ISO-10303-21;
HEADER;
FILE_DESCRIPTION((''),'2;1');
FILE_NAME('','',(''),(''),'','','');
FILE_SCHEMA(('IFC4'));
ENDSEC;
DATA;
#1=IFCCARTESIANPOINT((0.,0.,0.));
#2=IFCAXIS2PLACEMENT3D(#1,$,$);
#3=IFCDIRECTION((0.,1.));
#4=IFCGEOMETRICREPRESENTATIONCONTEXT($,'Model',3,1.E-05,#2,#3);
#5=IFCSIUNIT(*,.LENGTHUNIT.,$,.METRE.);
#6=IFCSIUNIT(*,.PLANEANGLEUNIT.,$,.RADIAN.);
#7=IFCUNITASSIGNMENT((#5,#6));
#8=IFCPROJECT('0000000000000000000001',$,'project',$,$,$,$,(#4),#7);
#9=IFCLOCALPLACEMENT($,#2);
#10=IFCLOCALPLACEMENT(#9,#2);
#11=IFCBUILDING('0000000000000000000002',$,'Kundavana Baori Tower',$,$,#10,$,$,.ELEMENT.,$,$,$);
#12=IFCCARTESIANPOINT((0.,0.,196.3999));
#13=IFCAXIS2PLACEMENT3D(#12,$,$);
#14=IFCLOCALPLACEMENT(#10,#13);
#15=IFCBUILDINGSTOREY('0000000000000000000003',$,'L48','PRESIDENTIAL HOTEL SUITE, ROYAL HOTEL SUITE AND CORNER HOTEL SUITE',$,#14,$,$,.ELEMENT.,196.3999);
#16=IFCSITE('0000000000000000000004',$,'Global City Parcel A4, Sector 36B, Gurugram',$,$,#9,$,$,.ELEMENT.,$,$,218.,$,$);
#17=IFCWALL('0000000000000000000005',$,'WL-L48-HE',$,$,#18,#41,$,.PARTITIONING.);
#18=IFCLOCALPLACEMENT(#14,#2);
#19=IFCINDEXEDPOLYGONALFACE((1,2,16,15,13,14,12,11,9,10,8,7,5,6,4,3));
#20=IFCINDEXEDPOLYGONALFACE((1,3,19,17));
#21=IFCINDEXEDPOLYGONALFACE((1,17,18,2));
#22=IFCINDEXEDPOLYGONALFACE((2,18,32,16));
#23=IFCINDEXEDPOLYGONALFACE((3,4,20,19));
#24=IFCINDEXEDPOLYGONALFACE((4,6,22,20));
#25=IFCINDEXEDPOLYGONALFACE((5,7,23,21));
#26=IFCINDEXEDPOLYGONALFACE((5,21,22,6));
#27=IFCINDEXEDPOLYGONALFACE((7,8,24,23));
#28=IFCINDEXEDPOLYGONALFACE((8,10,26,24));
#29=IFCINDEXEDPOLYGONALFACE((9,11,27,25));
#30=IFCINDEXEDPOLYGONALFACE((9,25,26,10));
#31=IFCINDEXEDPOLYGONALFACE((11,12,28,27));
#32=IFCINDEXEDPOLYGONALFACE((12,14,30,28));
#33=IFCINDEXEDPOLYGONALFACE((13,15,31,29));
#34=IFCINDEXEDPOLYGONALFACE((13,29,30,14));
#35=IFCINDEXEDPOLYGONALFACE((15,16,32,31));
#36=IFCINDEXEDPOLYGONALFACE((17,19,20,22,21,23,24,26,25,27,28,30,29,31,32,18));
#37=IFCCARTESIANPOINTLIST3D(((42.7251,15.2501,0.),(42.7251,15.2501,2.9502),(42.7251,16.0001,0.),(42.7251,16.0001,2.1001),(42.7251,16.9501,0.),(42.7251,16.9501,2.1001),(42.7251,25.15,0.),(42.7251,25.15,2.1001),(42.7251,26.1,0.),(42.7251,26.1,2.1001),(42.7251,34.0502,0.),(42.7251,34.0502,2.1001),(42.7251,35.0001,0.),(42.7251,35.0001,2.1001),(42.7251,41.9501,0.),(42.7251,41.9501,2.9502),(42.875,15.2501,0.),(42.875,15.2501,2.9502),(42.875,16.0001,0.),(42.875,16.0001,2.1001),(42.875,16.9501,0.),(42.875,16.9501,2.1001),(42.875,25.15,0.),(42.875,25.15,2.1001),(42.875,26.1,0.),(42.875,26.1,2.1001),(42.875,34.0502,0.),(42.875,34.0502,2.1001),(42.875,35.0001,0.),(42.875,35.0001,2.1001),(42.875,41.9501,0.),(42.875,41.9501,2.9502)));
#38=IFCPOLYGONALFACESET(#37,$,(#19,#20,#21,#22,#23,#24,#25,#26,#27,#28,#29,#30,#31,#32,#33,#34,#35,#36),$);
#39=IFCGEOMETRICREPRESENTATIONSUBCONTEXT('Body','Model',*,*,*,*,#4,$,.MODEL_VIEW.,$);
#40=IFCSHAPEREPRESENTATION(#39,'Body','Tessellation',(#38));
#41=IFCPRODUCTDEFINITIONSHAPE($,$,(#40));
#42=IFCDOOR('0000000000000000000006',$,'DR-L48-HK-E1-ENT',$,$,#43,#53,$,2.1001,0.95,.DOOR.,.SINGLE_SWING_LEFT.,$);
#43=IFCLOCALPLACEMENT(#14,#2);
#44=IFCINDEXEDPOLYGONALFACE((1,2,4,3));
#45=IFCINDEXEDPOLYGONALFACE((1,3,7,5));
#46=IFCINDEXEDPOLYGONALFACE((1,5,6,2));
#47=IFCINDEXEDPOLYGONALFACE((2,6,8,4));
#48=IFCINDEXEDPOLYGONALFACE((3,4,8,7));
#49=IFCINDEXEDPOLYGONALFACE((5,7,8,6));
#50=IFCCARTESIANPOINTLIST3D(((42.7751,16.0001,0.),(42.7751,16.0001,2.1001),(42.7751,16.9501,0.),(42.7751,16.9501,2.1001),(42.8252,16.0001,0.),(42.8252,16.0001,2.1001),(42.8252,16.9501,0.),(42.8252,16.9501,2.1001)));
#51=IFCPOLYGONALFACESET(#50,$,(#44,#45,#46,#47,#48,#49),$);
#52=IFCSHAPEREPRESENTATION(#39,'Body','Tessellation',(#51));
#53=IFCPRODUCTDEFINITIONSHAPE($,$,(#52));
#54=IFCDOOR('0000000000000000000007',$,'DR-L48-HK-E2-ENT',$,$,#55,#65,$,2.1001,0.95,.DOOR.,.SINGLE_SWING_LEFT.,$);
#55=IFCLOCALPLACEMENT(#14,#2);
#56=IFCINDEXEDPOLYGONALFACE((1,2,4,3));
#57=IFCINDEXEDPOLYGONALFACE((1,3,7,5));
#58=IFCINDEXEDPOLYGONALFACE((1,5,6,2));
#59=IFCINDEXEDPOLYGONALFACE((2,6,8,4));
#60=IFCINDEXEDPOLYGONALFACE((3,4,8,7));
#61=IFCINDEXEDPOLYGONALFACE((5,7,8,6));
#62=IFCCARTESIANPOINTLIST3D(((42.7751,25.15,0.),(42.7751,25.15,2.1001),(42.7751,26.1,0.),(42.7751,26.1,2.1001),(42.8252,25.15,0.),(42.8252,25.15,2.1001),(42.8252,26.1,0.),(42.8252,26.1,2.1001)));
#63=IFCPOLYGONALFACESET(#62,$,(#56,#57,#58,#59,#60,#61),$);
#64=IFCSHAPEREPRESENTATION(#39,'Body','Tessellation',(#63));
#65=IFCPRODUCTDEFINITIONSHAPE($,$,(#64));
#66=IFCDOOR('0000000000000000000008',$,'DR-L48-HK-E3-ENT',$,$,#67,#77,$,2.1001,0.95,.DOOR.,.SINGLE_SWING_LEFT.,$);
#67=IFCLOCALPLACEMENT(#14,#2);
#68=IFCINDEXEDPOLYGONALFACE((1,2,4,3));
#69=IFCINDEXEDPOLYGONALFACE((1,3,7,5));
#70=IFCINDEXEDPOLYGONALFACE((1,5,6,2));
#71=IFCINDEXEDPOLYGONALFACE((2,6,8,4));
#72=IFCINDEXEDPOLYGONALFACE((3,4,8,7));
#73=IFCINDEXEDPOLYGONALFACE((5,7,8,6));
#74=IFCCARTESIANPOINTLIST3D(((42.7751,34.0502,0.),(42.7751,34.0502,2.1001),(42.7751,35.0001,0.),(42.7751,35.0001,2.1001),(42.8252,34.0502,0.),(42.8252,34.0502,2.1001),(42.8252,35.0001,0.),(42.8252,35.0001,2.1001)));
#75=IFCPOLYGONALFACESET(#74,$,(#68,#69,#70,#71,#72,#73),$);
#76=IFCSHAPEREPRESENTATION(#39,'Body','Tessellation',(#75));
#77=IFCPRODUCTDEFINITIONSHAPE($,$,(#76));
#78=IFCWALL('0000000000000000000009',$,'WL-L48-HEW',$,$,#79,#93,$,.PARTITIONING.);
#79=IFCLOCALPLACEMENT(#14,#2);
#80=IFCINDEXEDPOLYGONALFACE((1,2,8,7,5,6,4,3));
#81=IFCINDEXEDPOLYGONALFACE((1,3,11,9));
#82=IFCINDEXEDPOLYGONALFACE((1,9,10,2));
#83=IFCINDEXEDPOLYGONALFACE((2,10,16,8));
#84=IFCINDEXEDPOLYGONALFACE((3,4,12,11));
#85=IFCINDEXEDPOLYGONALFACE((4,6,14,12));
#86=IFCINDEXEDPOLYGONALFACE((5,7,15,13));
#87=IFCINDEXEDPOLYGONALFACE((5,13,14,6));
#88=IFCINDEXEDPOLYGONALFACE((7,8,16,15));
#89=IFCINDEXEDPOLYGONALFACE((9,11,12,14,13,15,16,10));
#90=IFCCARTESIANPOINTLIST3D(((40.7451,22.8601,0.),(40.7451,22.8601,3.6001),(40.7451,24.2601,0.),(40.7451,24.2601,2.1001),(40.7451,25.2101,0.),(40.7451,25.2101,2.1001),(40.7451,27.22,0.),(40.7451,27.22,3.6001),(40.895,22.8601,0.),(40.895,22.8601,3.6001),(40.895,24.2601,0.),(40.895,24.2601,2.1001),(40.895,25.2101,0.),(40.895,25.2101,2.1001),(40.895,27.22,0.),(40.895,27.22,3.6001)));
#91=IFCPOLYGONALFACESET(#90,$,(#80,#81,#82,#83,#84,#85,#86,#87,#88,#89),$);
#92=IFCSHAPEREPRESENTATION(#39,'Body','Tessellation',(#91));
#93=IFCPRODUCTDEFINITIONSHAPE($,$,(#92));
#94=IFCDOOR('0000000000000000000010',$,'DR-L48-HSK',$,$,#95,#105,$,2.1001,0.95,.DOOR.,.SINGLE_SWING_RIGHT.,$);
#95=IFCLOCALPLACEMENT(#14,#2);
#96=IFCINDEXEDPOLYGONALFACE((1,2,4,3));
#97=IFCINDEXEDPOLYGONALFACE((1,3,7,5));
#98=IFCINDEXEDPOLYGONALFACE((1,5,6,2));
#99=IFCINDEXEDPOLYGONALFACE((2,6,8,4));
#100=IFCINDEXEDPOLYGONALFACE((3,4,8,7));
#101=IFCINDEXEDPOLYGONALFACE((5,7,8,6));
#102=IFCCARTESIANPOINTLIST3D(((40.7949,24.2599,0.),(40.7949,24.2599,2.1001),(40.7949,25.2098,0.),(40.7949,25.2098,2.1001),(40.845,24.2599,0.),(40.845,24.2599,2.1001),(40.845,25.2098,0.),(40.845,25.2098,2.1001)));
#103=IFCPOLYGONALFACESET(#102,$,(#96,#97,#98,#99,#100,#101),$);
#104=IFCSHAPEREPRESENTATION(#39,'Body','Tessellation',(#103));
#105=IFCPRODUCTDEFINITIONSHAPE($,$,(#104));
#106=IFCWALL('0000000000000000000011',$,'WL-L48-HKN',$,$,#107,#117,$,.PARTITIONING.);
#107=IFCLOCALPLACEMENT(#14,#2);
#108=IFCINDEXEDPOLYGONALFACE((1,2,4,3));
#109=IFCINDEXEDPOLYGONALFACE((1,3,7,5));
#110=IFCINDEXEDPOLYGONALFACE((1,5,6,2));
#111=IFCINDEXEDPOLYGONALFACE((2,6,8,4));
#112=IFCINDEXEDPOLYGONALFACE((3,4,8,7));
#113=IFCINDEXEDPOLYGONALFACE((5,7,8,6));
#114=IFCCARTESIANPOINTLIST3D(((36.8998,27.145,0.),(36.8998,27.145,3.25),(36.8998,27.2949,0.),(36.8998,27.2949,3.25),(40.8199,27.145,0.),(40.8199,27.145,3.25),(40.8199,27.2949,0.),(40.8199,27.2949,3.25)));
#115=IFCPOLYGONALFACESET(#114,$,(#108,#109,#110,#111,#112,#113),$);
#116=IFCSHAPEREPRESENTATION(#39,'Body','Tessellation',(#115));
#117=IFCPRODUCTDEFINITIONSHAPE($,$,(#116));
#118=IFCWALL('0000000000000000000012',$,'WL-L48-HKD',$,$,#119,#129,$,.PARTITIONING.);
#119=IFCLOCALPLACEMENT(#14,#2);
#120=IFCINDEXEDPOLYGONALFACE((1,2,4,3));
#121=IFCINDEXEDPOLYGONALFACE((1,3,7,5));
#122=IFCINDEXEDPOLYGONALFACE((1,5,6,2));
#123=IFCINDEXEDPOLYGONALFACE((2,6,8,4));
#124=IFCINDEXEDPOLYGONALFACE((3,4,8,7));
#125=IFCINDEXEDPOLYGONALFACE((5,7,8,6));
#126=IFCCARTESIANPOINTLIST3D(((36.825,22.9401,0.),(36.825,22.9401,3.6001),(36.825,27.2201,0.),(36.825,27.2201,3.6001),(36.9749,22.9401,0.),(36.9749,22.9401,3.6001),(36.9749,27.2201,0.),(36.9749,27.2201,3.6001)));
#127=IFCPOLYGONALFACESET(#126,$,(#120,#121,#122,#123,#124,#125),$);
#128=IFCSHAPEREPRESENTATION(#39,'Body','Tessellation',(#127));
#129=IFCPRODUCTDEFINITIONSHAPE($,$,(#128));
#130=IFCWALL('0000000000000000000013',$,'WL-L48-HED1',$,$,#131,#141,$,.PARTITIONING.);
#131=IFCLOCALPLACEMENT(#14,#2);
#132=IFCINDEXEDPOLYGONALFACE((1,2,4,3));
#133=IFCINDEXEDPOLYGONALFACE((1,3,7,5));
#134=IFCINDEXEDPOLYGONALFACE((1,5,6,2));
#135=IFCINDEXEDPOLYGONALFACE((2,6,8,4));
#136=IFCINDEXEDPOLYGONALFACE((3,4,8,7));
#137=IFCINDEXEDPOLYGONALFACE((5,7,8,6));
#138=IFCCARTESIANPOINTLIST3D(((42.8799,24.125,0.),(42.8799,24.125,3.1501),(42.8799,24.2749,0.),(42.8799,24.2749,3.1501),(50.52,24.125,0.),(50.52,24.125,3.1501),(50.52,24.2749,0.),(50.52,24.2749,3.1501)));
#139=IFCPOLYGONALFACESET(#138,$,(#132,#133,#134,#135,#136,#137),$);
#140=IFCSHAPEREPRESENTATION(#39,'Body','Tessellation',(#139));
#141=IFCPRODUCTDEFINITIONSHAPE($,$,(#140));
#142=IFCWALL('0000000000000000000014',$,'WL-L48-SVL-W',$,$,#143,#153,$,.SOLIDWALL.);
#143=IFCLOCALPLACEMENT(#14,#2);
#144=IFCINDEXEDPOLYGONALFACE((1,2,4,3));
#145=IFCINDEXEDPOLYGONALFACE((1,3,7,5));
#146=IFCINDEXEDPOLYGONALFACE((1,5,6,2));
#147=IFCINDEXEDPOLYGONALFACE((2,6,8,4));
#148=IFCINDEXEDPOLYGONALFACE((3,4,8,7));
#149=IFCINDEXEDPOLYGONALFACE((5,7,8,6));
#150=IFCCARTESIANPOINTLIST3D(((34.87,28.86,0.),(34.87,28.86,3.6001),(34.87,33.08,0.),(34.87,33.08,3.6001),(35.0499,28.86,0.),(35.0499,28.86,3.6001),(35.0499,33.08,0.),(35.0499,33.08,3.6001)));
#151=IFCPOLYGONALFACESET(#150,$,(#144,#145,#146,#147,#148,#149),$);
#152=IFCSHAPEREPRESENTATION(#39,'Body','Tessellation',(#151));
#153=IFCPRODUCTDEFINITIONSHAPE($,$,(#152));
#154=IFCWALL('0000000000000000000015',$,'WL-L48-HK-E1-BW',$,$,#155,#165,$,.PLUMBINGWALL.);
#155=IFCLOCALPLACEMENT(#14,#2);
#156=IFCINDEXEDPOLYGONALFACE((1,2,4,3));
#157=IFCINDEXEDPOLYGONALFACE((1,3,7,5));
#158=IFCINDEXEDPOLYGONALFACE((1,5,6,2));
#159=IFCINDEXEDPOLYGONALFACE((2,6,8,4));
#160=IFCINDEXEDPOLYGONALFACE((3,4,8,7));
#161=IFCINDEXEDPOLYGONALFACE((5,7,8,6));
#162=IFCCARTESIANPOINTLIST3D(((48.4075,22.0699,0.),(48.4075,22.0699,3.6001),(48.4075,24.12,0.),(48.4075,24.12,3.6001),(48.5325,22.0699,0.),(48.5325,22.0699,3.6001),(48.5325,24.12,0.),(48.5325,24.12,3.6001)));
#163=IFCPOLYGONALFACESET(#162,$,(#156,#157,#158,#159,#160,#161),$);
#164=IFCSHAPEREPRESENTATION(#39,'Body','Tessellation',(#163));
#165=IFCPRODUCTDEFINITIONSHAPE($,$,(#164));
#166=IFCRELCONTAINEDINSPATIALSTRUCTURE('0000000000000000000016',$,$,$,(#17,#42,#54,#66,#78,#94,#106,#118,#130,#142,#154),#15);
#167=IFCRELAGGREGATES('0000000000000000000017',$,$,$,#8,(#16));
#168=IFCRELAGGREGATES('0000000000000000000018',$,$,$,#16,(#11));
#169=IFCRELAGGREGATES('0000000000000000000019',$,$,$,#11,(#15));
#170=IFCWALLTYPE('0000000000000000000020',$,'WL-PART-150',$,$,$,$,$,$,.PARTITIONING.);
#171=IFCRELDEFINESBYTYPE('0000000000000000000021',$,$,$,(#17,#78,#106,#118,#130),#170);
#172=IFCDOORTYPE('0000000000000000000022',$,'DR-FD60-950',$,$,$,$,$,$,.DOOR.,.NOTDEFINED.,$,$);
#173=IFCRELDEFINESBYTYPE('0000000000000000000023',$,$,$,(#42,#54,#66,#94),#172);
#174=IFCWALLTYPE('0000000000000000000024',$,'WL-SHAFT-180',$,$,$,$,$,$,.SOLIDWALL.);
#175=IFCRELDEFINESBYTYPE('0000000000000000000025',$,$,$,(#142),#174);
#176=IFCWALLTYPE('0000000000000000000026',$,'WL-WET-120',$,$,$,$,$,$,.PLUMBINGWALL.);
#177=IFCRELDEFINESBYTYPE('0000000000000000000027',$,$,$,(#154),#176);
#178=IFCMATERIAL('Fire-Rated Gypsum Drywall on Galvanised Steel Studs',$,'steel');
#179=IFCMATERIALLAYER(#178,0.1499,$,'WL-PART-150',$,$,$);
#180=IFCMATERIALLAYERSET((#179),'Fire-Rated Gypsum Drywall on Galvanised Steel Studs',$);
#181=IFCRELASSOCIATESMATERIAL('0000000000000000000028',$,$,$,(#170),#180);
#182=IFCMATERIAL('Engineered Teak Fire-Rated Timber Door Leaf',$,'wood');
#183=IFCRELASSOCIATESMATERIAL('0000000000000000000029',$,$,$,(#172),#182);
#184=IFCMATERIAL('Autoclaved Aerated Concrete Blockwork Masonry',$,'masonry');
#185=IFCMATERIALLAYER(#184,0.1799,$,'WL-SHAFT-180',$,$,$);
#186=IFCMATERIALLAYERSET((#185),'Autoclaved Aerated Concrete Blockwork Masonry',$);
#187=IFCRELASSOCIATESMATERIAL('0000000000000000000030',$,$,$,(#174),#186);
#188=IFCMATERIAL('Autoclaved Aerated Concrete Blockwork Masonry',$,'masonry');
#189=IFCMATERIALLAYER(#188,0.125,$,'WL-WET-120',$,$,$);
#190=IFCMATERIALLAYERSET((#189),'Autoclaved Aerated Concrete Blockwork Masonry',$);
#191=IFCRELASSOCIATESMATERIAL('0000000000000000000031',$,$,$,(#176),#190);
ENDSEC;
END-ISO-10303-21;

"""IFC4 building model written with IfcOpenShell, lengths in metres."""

from ifc_helpers import new_model, si_unit, direction, frame, frame_2d, origin, place, context, subcontext, project, spatial, rectangle, extrude, material, layer, layer_set, type_object, element, fill, save


model = new_model("IFC4")

# Units and contexts
model_context = context("Model", 3, precision=1e-05, world=origin(), true_north=direction((0.0, 1.0)))
body_context = subcontext(model_context, "Body", "Model", "MODEL_VIEW")
ifc_project = project(units=[si_unit("LENGTHUNIT", "METRE"), si_unit("PLANEANGLEUNIT", "RADIAN")], contexts=[model_context])

# Site, building, storey
site_placement = place(None, origin())
site = spatial("IfcSite", under=ifc_project, at=site_placement, Name="Global City Parcel A4, Sector 36B, Gurugram", CompositionType="ELEMENT", RefElevation=218.0)
building_placement = place(site_placement, origin())
building = spatial("IfcBuilding", under=site, at=building_placement, Name="Kundavana Baori Tower", CompositionType="ELEMENT")
storey_placement = place(building_placement, frame((0.0, 0.0, 196.3999)))
storey = spatial("IfcBuildingStorey", under=building, at=storey_placement, Name="L48", Description="PRESIDENTIAL HOTEL SUITE, ROYAL HOTEL SUITE AND CORNER HOTEL SUITE", CompositionType="ELEMENT", Elevation=196.3999)

# Wall, openings, doors
ifc_material_1 = material(Name="Fire-Rated Gypsum Drywall on Galvanised Steel Studs", Category="steel")
ifc_layer_1 = layer(ifc_material_1, 0.1499, Name="WL-PART-150")
ifc_layer_set_1 = layer_set([ifc_layer_1], Name="Fire-Rated Gypsum Drywall on Galvanised Steel Studs")
wall_type_1 = type_object("IfcWallType", Name="WL-PART-150", PredefinedType="PARTITIONING", material=ifc_layer_set_1)
wall_1_placement = place(storey_placement, frame((42.8, 15.25, 0.0), z_axis=(0.0, 0.0, 1.0), x_axis=(0.0, 1.0, 0.0)))
wall_1 = element("IfcWall", 1, at=wall_1_placement, inside=storey, type_object=wall_type_1, Name="WL-L48-HE", PredefinedType="PARTITIONING", context=body_context, shape_type="SweptSolid", body=[
    extrude(rectangle(XDim=26.7, YDim=0.1499, at=frame_2d((13.3501, 0.0))), origin(), (0.0, 0.0, 1.0), 2.9502),
])
opening_1_placement = place(wall_1_placement, frame((0.75, 0.0, 0.0)))
opening_1 = element("IfcOpeningElement", 2, at=opening_1_placement, cuts=wall_1, PredefinedType="OPENING", context=body_context, shape_type="SweptSolid", body=[
    extrude(rectangle(XDim=0.95, YDim=2.1001, at=frame_2d((0.4751, 1.05))), frame((0.0, 0.085, 0.0), z_axis=(0.0, -1.0, 0.0), x_axis=(1.0, 0.0, 0.0)), (0.0, 0.0, 1.0), 0.1699),
])
opening_2_placement = place(wall_1_placement, frame((9.8999, 0.0, 0.0)))
opening_2 = element("IfcOpeningElement", 3, at=opening_2_placement, cuts=wall_1, PredefinedType="OPENING", context=body_context, shape_type="SweptSolid", body=[
    extrude(rectangle(XDim=0.95, YDim=2.1001, at=frame_2d((0.4751, 1.05))), frame((0.0, 0.085, 0.0), z_axis=(0.0, -1.0, 0.0), x_axis=(1.0, 0.0, 0.0)), (0.0, 0.0, 1.0), 0.1699),
])
opening_3_placement = place(wall_1_placement, frame((18.8, 0.0, 0.0)))
opening_3 = element("IfcOpeningElement", 4, at=opening_3_placement, cuts=wall_1, PredefinedType="OPENING", context=body_context, shape_type="SweptSolid", body=[
    extrude(rectangle(XDim=0.95, YDim=2.1001, at=frame_2d((0.4751, 1.05))), frame((0.0, 0.085, 0.0), z_axis=(0.0, -1.0, 0.0), x_axis=(1.0, 0.0, 0.0)), (0.0, 0.0, 1.0), 0.1699),
])
ifc_material_2 = material(Name="Engineered Teak Fire-Rated Timber Door Leaf", Category="wood")
door_type_1 = type_object("IfcDoorType", Name="DR-FD60-950", OperationType="NOTDEFINED", PredefinedType="DOOR", material=ifc_material_2)
door_1_placement = place(opening_1_placement, origin())
door_1 = element("IfcDoor", 5, at=door_1_placement, inside=storey, type_object=door_type_1, Name="DR-L48-HK-E1-ENT", OperationType="SINGLE_SWING_LEFT", OverallHeight=2.1001, OverallWidth=0.95, PredefinedType="DOOR", context=body_context, shape_type="SweptSolid", body=[
    extrude(rectangle(XDim=0.95, YDim=2.1001, at=frame_2d((0.4751, 1.05))), frame((0.0, 0.0249, 0.0), z_axis=(0.0, -1.0, 0.0), x_axis=(1.0, 0.0, 0.0)), (0.0, 0.0, 1.0), 0.05),
])
fill(opening_1, door_1)
door_2_placement = place(opening_2_placement, origin())
door_2 = element("IfcDoor", 6, at=door_2_placement, inside=storey, type_object=door_type_1, Name="DR-L48-HK-E2-ENT", OperationType="SINGLE_SWING_LEFT", OverallHeight=2.1001, OverallWidth=0.95, PredefinedType="DOOR", context=body_context, shape_type="SweptSolid", body=[
    extrude(rectangle(XDim=0.95, YDim=2.1001, at=frame_2d((0.4751, 1.05))), frame((0.0, 0.0249, 0.0), z_axis=(0.0, -1.0, 0.0), x_axis=(1.0, 0.0, 0.0)), (0.0, 0.0, 1.0), 0.05),
])
fill(opening_2, door_2)
door_3_placement = place(opening_3_placement, origin())
door_3 = element("IfcDoor", 7, at=door_3_placement, inside=storey, type_object=door_type_1, Name="DR-L48-HK-E3-ENT", OperationType="SINGLE_SWING_LEFT", OverallHeight=2.1001, OverallWidth=0.95, PredefinedType="DOOR", context=body_context, shape_type="SweptSolid", body=[
    extrude(rectangle(XDim=0.95, YDim=2.1001, at=frame_2d((0.4751, 1.05))), frame((0.0, 0.0249, 0.0), z_axis=(0.0, -1.0, 0.0), x_axis=(1.0, 0.0, 0.0)), (0.0, 0.0, 1.0), 0.05),
])
fill(opening_3, door_3)

# Wall, opening, door
wall_2_placement = place(storey_placement, frame((40.8201, 22.8601, 0.0), z_axis=(0.0, 0.0, 1.0), x_axis=(0.0, 1.0, 0.0)))
wall_2 = element("IfcWall", 8, at=wall_2_placement, inside=storey, type_object=wall_type_1, Name="WL-L48-HEW", PredefinedType="PARTITIONING", context=body_context, shape_type="SweptSolid", body=[
    extrude(rectangle(XDim=4.3599, YDim=0.1499, at=frame_2d((2.1799, 0.0))), origin(), (0.0, 0.0, 1.0), 3.6001),
])
opening_4_placement = place(wall_2_placement, frame((1.3999, 0.0, 0.0)))
opening_4 = element("IfcOpeningElement", 9, at=opening_4_placement, cuts=wall_2, PredefinedType="OPENING", context=body_context, shape_type="SweptSolid", body=[
    extrude(rectangle(XDim=0.95, YDim=2.1001, at=frame_2d((0.4751, 1.05))), frame((0.0, 0.085, 0.0), z_axis=(0.0, -1.0, 0.0), x_axis=(1.0, 0.0, 0.0)), (0.0, 0.0, 1.0), 0.1699),
])
door_4_placement = place(opening_4_placement, frame((0.95, 0.0, 0.0), z_axis=(0.0, 0.0, 1.0), x_axis=(-1.0, 0.0, 0.0)))
door_4 = element("IfcDoor", 10, at=door_4_placement, inside=storey, type_object=door_type_1, Name="DR-L48-HSK", OperationType="SINGLE_SWING_RIGHT", OverallHeight=2.1001, OverallWidth=0.95, PredefinedType="DOOR", context=body_context, shape_type="SweptSolid", body=[
    extrude(rectangle(XDim=0.95, YDim=2.1001, at=frame_2d((0.4751, 1.05))), frame((0.0, 0.0249, 0.0), z_axis=(0.0, -1.0, 0.0), x_axis=(1.0, 0.0, 0.0)), (0.0, 0.0, 1.0), 0.05),
])
fill(opening_4, door_4)

# Walls
wall_3_placement = place(storey_placement, frame((36.8999, 27.22, 0.0), z_axis=(0.0, 0.0, 1.0), x_axis=(1.0, 0.0, 0.0)))
element("IfcWall", 11, at=wall_3_placement, inside=storey, type_object=wall_type_1, Name="WL-L48-HKN", PredefinedType="PARTITIONING", context=body_context, shape_type="SweptSolid", body=[
    extrude(rectangle(XDim=3.9202, YDim=0.1499, at=frame_2d((1.96, 0.0))), origin(), (0.0, 0.0, 1.0), 3.25),
])
wall_4_placement = place(storey_placement, frame((36.8999, 22.9399, 0.0), z_axis=(0.0, 0.0, 1.0), x_axis=(0.0, 1.0, 0.0)))
element("IfcWall", 12, at=wall_4_placement, inside=storey, type_object=wall_type_1, Name="WL-L48-HKD", PredefinedType="PARTITIONING", context=body_context, shape_type="SweptSolid", body=[
    extrude(rectangle(XDim=4.28, YDim=0.1499, at=frame_2d((2.1401, 0.0))), origin(), (0.0, 0.0, 1.0), 3.6001),
])
wall_5_placement = place(storey_placement, frame((42.8799, 24.2, 0.0), z_axis=(0.0, 0.0, 1.0), x_axis=(1.0, 0.0, 0.0)))
element("IfcWall", 13, at=wall_5_placement, inside=storey, type_object=wall_type_1, Name="WL-L48-HED1", PredefinedType="PARTITIONING", context=body_context, shape_type="SweptSolid", body=[
    extrude(rectangle(XDim=7.6401, YDim=0.1499, at=frame_2d((3.8201, 0.0))), origin(), (0.0, 0.0, 1.0), 3.1501),
])
ifc_material_3 = material(Name="Autoclaved Aerated Concrete Blockwork Masonry", Category="masonry")
ifc_layer_2 = layer(ifc_material_3, 0.1799, Name="WL-SHAFT-180")
ifc_layer_set_2 = layer_set([ifc_layer_2], Name="Autoclaved Aerated Concrete Blockwork Masonry")
wall_type_2 = type_object("IfcWallType", Name="WL-SHAFT-180", PredefinedType="SOLIDWALL", material=ifc_layer_set_2)
wall_6_placement = place(storey_placement, frame((34.96, 28.8601, 0.0), z_axis=(0.0, 0.0, 1.0), x_axis=(0.0, 1.0, 0.0)))
element("IfcWall", 14, at=wall_6_placement, inside=storey, type_object=wall_type_2, Name="WL-L48-SVL-W", PredefinedType="SOLIDWALL", context=body_context, shape_type="SweptSolid", body=[
    extrude(rectangle(XDim=4.22, YDim=0.1799, at=frame_2d((2.1099, 0.0))), origin(), (0.0, 0.0, 1.0), 3.6001),
])
ifc_material_4 = material(Name="Autoclaved Aerated Concrete Blockwork Masonry", Category="masonry")
ifc_layer_3 = layer(ifc_material_4, 0.125, Name="WL-WET-120")
ifc_layer_set_3 = layer_set([ifc_layer_3], Name="Autoclaved Aerated Concrete Blockwork Masonry")
wall_type_3 = type_object("IfcWallType", Name="WL-WET-120", PredefinedType="PLUMBINGWALL", material=ifc_layer_set_3)
wall_7_placement = place(storey_placement, frame((48.47, 22.0701, 0.0), z_axis=(0.0, 0.0, 1.0), x_axis=(0.0, 1.0, 0.0)))
element("IfcWall", 15, at=wall_7_placement, inside=storey, type_object=wall_type_3, Name="WL-L48-HK-E1-BW", PredefinedType="PLUMBINGWALL", context=body_context, shape_type="SweptSolid", body=[
    extrude(rectangle(XDim=2.05, YDim=0.125, at=frame_2d((1.0249, 0.0))), origin(), (0.0, 0.0, 1.0), 3.6001),
])

save(model, "model.ifc")
